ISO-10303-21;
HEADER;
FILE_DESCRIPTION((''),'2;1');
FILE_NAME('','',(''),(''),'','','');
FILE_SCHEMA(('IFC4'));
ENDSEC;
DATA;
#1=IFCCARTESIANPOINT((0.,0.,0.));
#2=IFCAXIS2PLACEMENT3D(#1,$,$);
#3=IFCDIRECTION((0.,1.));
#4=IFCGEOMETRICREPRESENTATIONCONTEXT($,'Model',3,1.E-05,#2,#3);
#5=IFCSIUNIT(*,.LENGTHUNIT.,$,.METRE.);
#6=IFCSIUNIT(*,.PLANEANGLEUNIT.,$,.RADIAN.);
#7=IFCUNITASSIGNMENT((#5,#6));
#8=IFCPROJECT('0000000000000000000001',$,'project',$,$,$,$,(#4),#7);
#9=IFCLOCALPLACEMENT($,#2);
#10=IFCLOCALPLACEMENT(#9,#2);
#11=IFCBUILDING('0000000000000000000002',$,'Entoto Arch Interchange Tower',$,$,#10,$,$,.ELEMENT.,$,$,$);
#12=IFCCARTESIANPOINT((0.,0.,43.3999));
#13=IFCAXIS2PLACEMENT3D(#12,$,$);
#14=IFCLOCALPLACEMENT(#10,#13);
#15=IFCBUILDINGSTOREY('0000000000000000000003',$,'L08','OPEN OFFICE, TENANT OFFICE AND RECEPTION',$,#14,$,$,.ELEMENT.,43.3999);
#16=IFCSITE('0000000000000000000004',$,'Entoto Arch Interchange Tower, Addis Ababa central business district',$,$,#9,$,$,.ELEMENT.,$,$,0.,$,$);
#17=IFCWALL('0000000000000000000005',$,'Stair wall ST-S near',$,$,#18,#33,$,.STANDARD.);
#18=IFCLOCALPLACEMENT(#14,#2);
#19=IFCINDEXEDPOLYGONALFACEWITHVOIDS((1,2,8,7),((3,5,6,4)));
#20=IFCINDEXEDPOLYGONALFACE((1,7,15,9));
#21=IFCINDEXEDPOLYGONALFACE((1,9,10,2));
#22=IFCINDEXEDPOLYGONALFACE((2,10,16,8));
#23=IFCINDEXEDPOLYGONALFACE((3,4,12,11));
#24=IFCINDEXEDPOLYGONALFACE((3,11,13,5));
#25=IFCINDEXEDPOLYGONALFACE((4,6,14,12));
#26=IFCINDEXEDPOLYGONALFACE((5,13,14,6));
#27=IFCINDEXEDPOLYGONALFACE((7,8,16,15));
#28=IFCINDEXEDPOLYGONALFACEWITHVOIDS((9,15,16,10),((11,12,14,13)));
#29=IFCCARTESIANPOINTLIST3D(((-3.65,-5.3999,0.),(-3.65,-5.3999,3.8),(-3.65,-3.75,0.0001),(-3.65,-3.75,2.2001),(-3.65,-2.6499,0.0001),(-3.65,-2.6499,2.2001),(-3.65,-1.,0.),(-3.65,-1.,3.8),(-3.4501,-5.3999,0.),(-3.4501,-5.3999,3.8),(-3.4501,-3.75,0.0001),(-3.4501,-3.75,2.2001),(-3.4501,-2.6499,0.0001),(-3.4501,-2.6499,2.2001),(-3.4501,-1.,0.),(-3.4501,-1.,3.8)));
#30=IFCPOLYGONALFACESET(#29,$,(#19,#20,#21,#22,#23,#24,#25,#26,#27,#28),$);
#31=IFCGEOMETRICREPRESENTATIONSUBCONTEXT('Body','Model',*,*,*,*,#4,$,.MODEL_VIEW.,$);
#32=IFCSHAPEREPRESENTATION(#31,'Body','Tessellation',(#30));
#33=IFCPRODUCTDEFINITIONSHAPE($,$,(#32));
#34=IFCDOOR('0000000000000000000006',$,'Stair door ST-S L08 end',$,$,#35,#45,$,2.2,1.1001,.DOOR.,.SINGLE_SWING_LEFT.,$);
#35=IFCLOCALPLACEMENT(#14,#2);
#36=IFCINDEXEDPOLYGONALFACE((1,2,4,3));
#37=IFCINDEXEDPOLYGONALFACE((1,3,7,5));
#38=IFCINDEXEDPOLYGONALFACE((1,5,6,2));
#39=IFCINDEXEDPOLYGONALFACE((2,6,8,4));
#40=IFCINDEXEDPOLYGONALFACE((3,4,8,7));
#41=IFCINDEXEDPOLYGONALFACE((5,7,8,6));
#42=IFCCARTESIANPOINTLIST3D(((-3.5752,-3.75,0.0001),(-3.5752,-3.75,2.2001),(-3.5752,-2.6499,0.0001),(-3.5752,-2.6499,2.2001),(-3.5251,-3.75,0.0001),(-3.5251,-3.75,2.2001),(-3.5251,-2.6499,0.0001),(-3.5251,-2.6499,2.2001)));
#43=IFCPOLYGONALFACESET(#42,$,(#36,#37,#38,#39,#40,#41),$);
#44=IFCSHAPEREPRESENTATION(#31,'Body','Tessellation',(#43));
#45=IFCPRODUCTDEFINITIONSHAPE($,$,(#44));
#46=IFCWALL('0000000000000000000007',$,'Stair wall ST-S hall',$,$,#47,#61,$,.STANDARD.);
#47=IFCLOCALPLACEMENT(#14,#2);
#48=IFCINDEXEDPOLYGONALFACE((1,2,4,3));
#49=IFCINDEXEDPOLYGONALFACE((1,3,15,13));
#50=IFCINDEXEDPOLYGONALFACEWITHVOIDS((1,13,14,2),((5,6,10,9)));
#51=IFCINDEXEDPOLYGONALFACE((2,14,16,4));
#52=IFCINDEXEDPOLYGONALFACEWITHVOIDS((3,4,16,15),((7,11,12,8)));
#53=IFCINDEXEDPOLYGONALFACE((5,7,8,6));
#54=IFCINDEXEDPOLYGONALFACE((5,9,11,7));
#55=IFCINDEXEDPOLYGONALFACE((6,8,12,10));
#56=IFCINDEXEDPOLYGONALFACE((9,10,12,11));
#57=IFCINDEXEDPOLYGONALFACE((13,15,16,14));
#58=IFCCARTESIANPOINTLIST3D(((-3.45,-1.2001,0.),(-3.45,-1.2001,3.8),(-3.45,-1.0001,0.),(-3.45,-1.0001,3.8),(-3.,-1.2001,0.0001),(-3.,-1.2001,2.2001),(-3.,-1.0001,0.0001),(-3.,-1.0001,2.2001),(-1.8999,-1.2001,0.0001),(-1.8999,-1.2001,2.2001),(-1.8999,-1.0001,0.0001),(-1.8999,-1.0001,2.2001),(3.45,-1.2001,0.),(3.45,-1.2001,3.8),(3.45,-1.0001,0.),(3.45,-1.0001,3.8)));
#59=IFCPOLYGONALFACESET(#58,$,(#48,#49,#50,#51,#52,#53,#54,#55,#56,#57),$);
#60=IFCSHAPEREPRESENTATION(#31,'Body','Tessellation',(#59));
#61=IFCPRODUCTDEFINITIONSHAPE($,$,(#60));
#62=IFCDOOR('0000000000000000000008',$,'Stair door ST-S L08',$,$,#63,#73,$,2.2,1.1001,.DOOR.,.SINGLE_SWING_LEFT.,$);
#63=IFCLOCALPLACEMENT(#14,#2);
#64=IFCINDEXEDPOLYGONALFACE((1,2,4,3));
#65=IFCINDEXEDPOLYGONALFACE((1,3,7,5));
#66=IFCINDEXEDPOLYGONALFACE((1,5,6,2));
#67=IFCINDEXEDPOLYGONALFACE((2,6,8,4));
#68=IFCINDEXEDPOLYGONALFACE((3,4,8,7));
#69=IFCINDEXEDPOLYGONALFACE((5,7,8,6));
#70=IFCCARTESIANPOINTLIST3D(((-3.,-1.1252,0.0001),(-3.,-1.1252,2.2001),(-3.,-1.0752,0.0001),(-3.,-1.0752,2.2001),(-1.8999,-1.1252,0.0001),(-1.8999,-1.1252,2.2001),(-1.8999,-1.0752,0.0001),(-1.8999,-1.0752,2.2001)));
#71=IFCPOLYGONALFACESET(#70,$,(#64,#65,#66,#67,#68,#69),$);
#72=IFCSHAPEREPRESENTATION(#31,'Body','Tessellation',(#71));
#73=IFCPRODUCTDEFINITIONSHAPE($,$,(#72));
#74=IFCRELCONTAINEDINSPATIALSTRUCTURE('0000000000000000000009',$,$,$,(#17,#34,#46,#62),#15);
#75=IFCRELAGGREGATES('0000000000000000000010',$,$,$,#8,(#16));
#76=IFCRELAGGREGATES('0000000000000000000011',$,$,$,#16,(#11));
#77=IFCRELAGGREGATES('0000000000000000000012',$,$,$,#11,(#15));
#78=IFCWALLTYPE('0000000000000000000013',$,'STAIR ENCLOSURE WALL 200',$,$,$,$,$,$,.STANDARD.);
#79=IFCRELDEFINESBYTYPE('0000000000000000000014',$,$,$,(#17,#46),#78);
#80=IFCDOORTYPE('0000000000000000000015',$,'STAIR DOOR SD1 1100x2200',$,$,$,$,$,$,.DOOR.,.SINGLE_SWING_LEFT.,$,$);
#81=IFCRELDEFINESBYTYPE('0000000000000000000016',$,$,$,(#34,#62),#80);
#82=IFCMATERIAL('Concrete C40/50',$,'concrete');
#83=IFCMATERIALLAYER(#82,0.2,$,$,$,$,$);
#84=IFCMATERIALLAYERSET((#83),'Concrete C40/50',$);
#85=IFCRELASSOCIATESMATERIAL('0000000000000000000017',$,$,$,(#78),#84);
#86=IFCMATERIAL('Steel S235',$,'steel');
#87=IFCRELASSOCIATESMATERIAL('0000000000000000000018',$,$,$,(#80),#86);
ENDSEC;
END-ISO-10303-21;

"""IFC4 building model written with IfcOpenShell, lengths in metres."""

from ifc_helpers import new_model, si_unit, direction, frame, frame_2d, origin, place, context, subcontext, project, spatial, rectangle, extrude, material, layer, layer_set, type_object, element, fill, save


model = new_model("IFC4")

# Units and contexts
model_context = context("Model", 3, precision=1e-05, world=origin(), true_north=direction((0.0, 1.0)))
body_context = subcontext(model_context, "Body", "Model", "MODEL_VIEW")
ifc_project = project(units=[si_unit("LENGTHUNIT", "METRE"), si_unit("PLANEANGLEUNIT", "RADIAN")], contexts=[model_context])

# Site, building, storey
site_placement = place(None, origin())
site = spatial("IfcSite", under=ifc_project, at=site_placement, Name="Entoto Arch Interchange Tower, Addis Ababa central business district", CompositionType="ELEMENT", RefElevation=0.0)
building_placement = place(site_placement, origin())
building = spatial("IfcBuilding", under=site, at=building_placement, Name="Entoto Arch Interchange Tower", CompositionType="ELEMENT")
storey_placement = place(building_placement, frame((0.0, 0.0, 43.3999)))
storey = spatial("IfcBuildingStorey", under=building, at=storey_placement, Name="L08", Description="OPEN OFFICE, TENANT OFFICE AND RECEPTION", CompositionType="ELEMENT", Elevation=43.3999)

# Shared definitions
ifc_material_1 = material(Name="Concrete C40/50", Category="concrete")

# Walls, openings, doors
ifc_layer_1 = layer(ifc_material_1, 0.2)
ifc_layer_set_1 = layer_set([ifc_layer_1], Name="Concrete C40/50")
wall_type_1 = type_object("IfcWallType", Name="STAIR ENCLOSURE WALL 200", PredefinedType="STANDARD", material=ifc_layer_set_1)
wall_1_placement = place(storey_placement, frame((-3.55, -1.0, 0.0), z_axis=(0.0, 0.0, 1.0), x_axis=(0.0, -1.0, 0.0)))
wall_1 = element("IfcWall", 1, at=wall_1_placement, inside=storey, type_object=wall_type_1, Name="Stair wall ST-S near", PredefinedType="STANDARD", context=body_context, shape_type="SweptSolid", body=[
    extrude(rectangle(XDim=4.3999, YDim=0.2, at=frame_2d((2.2, 0.0))), origin(), (0.0, 0.0, 1.0), 3.8),
])
opening_1_placement = place(wall_1_placement, frame((1.6499, 0.0, 0.0)))
opening_1 = element("IfcOpeningElement", 2, at=opening_1_placement, cuts=wall_1, PredefinedType="OPENING", context=body_context, shape_type="SweptSolid", body=[
    extrude(rectangle(XDim=1.1001, YDim=2.2, at=frame_2d((0.55, 1.1001))), frame((0.0, 0.1099, 0.0), z_axis=(0.0, -1.0, 0.0), x_axis=(1.0, 0.0, 0.0)), (0.0, 0.0, 1.0), 0.22),
])
ifc_material_2 = material(Name="Steel S235", Category="steel")
door_type_1 = type_object("IfcDoorType", Name="STAIR DOOR SD1 1100x2200", OperationType="SINGLE_SWING_LEFT", PredefinedType="DOOR", material=ifc_material_2)
door_1_placement = place(opening_1_placement, origin())
door_1 = element("IfcDoor", 3, at=door_1_placement, inside=storey, type_object=door_type_1, Name="Stair door ST-S L08 end", OperationType="SINGLE_SWING_LEFT", OverallHeight=2.2, OverallWidth=1.1001, PredefinedType="DOOR", context=body_context, shape_type="SweptSolid", body=[
    extrude(rectangle(XDim=1.1001, YDim=2.2, at=frame_2d((0.55, 1.1001))), frame((0.0, 0.0249, 0.0), z_axis=(0.0, -1.0, 0.0), x_axis=(1.0, 0.0, 0.0)), (0.0, 0.0, 1.0), 0.05),
])
fill(opening_1, door_1)
wall_2_placement = place(storey_placement, frame((-3.45, -1.1001, 0.0), z_axis=(0.0, 0.0, 1.0), x_axis=(1.0, 0.0, 0.0)))
wall_2 = element("IfcWall", 4, at=wall_2_placement, inside=storey, type_object=wall_type_1, Name="Stair wall ST-S hall", PredefinedType="STANDARD", context=body_context, shape_type="SweptSolid", body=[
    extrude(rectangle(XDim=6.8999, YDim=0.2, at=frame_2d((3.45, 0.0))), origin(), (0.0, 0.0, 1.0), 3.8),
])
opening_2_placement = place(wall_2_placement, frame((0.45, 0.0, 0.0)))
opening_2 = element("IfcOpeningElement", 5, at=opening_2_placement, cuts=wall_2, PredefinedType="OPENING", context=body_context, shape_type="SweptSolid", body=[
    extrude(rectangle(XDim=1.1001, YDim=2.2, at=frame_2d((0.55, 1.1001))), frame((0.0, 0.1099, 0.0), z_axis=(0.0, -1.0, 0.0), x_axis=(1.0, 0.0, 0.0)), (0.0, 0.0, 1.0), 0.22),
])
door_2_placement = place(opening_2_placement, origin())
door_2 = element("IfcDoor", 6, at=door_2_placement, inside=storey, type_object=door_type_1, Name="Stair door ST-S L08", OperationType="SINGLE_SWING_LEFT", OverallHeight=2.2, OverallWidth=1.1001, PredefinedType="DOOR", context=body_context, shape_type="SweptSolid", body=[
    extrude(rectangle(XDim=1.1001, YDim=2.2, at=frame_2d((0.55, 1.1001))), frame((0.0, 0.0249, 0.0), z_axis=(0.0, -1.0, 0.0), x_axis=(1.0, 0.0, 0.0)), (0.0, 0.0, 1.0), 0.05),
])
fill(opening_2, door_2)

save(model, "model.ifc")
